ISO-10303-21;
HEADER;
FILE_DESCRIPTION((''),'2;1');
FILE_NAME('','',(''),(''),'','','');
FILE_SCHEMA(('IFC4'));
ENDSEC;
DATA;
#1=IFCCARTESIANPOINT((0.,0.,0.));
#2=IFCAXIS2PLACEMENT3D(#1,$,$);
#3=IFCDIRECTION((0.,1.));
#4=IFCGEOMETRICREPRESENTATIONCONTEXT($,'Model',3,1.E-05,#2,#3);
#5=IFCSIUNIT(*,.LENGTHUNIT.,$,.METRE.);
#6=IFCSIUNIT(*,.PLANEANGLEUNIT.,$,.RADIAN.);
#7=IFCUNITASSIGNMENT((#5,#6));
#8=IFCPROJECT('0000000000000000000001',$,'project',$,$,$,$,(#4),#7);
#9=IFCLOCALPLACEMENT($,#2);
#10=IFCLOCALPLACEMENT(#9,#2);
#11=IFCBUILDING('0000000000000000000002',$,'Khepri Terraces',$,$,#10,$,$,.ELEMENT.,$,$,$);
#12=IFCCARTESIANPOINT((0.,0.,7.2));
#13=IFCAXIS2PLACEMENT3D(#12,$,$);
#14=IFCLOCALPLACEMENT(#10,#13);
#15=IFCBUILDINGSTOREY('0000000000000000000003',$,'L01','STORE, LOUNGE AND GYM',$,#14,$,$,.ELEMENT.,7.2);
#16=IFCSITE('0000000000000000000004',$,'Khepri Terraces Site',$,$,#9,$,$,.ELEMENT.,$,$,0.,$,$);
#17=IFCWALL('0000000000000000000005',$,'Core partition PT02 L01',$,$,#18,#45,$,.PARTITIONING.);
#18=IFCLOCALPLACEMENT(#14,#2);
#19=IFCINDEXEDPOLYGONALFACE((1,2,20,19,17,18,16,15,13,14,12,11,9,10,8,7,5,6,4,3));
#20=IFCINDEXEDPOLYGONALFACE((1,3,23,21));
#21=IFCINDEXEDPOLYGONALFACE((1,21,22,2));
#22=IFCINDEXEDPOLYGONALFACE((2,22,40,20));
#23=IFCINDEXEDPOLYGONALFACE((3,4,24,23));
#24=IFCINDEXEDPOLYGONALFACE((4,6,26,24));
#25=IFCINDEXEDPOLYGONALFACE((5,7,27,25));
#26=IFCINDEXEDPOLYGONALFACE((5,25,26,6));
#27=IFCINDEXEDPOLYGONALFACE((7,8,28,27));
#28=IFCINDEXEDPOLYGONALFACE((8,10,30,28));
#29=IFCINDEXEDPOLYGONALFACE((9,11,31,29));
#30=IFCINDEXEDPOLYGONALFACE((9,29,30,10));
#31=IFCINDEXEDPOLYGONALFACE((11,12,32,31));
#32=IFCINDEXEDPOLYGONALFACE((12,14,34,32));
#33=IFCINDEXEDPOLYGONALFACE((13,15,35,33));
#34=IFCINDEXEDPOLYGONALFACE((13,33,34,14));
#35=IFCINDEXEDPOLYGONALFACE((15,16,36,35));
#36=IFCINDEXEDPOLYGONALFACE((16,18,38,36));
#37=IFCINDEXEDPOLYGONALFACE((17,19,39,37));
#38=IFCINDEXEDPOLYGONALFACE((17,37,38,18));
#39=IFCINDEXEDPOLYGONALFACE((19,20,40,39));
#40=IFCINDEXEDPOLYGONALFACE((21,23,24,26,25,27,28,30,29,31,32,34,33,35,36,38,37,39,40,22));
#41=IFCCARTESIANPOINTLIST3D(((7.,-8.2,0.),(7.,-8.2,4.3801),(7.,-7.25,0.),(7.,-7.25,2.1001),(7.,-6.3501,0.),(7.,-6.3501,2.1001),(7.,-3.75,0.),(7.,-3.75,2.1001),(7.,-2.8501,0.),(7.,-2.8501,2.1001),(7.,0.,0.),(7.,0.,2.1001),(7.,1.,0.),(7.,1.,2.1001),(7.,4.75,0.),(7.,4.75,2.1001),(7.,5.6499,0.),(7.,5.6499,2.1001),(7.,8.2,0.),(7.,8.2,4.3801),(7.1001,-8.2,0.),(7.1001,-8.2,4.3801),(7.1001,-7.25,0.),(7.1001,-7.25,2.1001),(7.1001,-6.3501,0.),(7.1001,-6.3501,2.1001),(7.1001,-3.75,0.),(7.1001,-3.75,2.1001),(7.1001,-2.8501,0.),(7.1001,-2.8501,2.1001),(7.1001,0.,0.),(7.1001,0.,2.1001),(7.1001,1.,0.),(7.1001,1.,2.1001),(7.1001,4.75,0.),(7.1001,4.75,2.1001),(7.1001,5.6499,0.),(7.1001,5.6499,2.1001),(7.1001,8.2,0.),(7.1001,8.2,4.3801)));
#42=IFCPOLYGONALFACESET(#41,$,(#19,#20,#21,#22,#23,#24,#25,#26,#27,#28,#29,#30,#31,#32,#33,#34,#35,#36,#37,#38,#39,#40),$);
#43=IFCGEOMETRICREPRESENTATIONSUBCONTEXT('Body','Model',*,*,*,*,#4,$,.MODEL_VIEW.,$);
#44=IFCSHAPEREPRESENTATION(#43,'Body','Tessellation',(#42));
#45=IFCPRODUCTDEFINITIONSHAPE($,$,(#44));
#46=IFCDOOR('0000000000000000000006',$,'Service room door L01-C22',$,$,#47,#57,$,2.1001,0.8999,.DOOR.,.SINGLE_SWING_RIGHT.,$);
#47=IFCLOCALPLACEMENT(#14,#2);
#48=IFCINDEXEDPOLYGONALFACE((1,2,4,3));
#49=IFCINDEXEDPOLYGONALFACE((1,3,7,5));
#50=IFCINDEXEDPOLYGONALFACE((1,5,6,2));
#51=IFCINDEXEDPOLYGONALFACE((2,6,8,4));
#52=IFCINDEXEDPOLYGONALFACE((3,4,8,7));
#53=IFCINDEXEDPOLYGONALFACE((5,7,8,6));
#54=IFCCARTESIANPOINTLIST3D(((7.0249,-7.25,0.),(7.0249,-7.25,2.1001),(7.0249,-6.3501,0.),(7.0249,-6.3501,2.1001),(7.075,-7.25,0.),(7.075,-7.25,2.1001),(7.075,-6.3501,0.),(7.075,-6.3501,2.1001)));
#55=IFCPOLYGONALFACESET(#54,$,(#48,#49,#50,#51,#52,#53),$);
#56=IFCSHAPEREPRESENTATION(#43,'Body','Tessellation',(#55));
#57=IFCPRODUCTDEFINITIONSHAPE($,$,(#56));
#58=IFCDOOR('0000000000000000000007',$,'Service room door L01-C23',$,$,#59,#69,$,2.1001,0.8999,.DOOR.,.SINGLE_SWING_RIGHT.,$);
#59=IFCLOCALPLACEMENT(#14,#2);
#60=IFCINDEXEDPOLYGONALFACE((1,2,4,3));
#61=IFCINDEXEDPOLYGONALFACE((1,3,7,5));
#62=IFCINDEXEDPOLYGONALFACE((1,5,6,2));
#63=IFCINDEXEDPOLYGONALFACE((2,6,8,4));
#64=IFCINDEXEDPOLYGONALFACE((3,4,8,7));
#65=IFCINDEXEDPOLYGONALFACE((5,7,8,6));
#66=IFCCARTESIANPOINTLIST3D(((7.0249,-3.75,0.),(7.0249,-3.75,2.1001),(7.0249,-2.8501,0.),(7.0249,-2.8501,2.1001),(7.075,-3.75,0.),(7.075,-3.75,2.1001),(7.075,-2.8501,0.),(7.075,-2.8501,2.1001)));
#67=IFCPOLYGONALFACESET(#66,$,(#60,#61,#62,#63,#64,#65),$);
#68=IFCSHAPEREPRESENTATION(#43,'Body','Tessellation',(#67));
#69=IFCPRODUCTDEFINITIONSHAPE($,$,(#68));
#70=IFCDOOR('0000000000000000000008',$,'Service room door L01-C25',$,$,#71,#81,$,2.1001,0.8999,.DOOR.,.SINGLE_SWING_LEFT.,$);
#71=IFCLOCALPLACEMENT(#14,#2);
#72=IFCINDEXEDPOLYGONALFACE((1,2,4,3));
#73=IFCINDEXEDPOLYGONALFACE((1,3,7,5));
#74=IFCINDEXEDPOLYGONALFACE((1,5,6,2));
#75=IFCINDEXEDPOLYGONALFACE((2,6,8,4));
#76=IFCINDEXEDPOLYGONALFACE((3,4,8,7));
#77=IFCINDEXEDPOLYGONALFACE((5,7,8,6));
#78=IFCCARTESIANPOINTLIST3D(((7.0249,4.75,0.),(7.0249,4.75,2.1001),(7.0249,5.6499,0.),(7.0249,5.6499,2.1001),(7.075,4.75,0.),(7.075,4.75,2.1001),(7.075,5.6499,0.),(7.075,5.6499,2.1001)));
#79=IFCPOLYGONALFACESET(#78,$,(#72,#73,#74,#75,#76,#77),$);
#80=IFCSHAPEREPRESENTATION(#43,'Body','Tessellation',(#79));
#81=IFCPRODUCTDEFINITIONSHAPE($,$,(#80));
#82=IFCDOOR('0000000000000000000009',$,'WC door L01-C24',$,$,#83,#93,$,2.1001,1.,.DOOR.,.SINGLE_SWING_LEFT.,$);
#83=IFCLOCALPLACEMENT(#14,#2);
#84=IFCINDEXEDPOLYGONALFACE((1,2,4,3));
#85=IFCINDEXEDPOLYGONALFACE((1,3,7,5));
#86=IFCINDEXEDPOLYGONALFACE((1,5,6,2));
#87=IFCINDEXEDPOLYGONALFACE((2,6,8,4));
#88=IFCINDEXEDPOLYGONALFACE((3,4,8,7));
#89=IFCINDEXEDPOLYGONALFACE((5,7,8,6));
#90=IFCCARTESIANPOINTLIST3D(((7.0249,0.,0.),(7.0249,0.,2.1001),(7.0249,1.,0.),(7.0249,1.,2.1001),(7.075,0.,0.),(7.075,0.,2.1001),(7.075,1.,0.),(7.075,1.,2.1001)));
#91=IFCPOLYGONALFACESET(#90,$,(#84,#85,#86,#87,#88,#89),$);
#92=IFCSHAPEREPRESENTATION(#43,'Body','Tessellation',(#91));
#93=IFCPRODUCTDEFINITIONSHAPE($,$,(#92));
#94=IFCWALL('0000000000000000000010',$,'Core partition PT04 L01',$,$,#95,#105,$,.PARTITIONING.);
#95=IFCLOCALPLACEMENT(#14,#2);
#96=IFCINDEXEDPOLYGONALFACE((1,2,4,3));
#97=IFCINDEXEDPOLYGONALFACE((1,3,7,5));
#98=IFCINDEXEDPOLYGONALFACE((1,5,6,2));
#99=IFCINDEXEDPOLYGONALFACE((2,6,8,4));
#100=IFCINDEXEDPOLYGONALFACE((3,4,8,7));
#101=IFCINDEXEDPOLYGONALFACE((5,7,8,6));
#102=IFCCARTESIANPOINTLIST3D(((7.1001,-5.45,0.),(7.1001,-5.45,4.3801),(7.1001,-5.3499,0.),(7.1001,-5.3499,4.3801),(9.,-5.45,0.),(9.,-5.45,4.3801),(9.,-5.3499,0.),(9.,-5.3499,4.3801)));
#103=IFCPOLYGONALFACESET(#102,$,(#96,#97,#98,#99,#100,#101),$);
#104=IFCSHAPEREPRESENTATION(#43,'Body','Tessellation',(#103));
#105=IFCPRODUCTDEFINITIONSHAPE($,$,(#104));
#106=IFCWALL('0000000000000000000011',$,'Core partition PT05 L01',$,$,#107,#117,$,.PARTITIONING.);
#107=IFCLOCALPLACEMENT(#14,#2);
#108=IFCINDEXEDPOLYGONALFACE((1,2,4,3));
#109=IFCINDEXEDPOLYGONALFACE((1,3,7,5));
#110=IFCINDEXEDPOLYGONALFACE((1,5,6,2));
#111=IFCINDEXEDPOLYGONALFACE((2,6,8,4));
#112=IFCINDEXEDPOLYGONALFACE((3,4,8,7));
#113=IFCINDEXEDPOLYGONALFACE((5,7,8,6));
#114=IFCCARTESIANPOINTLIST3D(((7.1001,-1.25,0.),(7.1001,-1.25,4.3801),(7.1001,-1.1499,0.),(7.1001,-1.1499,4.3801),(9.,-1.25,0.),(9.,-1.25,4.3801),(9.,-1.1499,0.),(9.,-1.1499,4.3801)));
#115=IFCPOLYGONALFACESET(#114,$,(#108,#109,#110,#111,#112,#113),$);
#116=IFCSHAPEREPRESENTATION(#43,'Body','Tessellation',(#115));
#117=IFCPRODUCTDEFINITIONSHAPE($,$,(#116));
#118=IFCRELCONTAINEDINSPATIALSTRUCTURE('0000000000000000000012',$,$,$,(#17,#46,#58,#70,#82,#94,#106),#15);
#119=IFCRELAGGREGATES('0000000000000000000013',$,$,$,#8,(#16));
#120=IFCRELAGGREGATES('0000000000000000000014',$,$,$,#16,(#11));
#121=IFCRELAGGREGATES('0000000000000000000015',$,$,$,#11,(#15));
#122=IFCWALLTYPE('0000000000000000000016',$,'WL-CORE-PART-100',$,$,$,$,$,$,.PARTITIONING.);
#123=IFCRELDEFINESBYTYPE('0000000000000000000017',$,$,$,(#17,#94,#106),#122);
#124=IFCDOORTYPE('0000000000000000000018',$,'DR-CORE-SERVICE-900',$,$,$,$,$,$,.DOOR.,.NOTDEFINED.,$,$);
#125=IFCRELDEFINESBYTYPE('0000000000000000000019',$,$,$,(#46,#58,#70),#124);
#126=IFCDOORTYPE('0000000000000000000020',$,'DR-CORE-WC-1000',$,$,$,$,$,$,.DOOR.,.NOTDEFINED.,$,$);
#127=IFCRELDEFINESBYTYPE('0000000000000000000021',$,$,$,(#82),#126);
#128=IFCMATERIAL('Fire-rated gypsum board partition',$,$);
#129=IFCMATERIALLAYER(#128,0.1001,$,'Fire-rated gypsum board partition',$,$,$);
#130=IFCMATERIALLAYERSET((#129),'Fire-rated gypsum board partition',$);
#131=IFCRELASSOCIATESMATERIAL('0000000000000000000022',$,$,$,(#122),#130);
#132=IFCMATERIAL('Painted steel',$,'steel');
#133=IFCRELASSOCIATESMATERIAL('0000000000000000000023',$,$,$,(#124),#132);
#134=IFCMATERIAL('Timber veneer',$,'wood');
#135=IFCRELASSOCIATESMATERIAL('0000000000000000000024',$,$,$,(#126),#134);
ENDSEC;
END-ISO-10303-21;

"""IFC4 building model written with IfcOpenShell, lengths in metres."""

from ifc_helpers import new_model, si_unit, direction, frame, frame_2d, origin, place, context, subcontext, project, spatial, rectangle, extrude, material, layer, layer_set, type_object, element, fill, save


model = new_model("IFC4")

# Units and contexts
model_context = context("Model", 3, precision=1e-05, world=origin(), true_north=direction((0.0, 1.0)))
body_context = subcontext(model_context, "Body", "Model", "MODEL_VIEW")
ifc_project = project(units=[si_unit("LENGTHUNIT", "METRE"), si_unit("PLANEANGLEUNIT", "RADIAN")], contexts=[model_context])

# Site, building, storey
site_placement = place(None, origin())
site = spatial("IfcSite", under=ifc_project, at=site_placement, Name="Khepri Terraces Site", CompositionType="ELEMENT", RefElevation=0.0)
building_placement = place(site_placement, origin())
building = spatial("IfcBuilding", under=site, at=building_placement, Name="Khepri Terraces", CompositionType="ELEMENT")
storey_placement = place(building_placement, frame((0.0, 0.0, 7.2)))
storey = spatial("IfcBuildingStorey", under=building, at=storey_placement, Name="L01", Description="STORE, LOUNGE AND GYM", CompositionType="ELEMENT", Elevation=7.2)

# Wall, openings, doors
ifc_material_1 = material(Name="Fire-rated gypsum board partition")
ifc_layer_1 = layer(ifc_material_1, 0.1001, Name="Fire-rated gypsum board partition")
ifc_layer_set_1 = layer_set([ifc_layer_1], Name="Fire-rated gypsum board partition")
wall_type_1 = type_object("IfcWallType", Name="WL-CORE-PART-100", PredefinedType="PARTITIONING", material=ifc_layer_set_1)
wall_1_placement = place(storey_placement, frame((7.05, -8.2, 0.0), z_axis=(0.0, 0.0, 1.0), x_axis=(0.0, 1.0, 0.0)))
wall_1 = element("IfcWall", 1, at=wall_1_placement, inside=storey, type_object=wall_type_1, Name="Core partition PT02 L01", PredefinedType="PARTITIONING", context=body_context, shape_type="SweptSolid", body=[
    extrude(rectangle(XDim=16.3999, YDim=0.1001, at=frame_2d((8.2, 0.0))), origin(), (0.0, 0.0, 1.0), 4.3801),
])
opening_1_placement = place(wall_1_placement, frame((0.95, 0.0, 0.0)))
opening_1 = element("IfcOpeningElement", 2, at=opening_1_placement, cuts=wall_1, PredefinedType="OPENING", context=body_context, shape_type="SweptSolid", body=[
    extrude(rectangle(XDim=0.8999, YDim=2.1001, at=frame_2d((0.45, 1.05))), frame((0.0, 0.0601, 0.0), z_axis=(0.0, -1.0, 0.0), x_axis=(1.0, 0.0, 0.0)), (0.0, 0.0, 1.0), 0.1201),
])
opening_2_placement = place(wall_1_placement, frame((4.45, 0.0, 0.0)))
opening_2 = element("IfcOpeningElement", 3, at=opening_2_placement, cuts=wall_1, PredefinedType="OPENING", context=body_context, shape_type="SweptSolid", body=[
    extrude(rectangle(XDim=0.8999, YDim=2.1001, at=frame_2d((0.45, 1.05))), frame((0.0, 0.0601, 0.0), z_axis=(0.0, -1.0, 0.0), x_axis=(1.0, 0.0, 0.0)), (0.0, 0.0, 1.0), 0.1201),
])
opening_3_placement = place(wall_1_placement, frame((8.2, 0.0, 0.0)))
opening_3 = element("IfcOpeningElement", 4, at=opening_3_placement, cuts=wall_1, PredefinedType="OPENING", context=body_context, shape_type="SweptSolid", body=[
    extrude(rectangle(XDim=1.0, YDim=2.1001, at=frame_2d((0.5, 1.05))), frame((0.0, 0.0601, 0.0), z_axis=(0.0, -1.0, 0.0), x_axis=(1.0, 0.0, 0.0)), (0.0, 0.0, 1.0), 0.1201),
])
opening_4_placement = place(wall_1_placement, frame((12.95, 0.0, 0.0)))
opening_4 = element("IfcOpeningElement", 5, at=opening_4_placement, cuts=wall_1, PredefinedType="OPENING", context=body_context, shape_type="SweptSolid", body=[
    extrude(rectangle(XDim=0.8999, YDim=2.1001, at=frame_2d((0.45, 1.05))), frame((0.0, 0.0601, 0.0), z_axis=(0.0, -1.0, 0.0), x_axis=(1.0, 0.0, 0.0)), (0.0, 0.0, 1.0), 0.1201),
])
ifc_material_2 = material(Name="Painted steel", Category="steel")
door_type_1 = type_object("IfcDoorType", Name="DR-CORE-SERVICE-900", OperationType="NOTDEFINED", PredefinedType="DOOR", material=ifc_material_2)
door_1_placement = place(opening_1_placement, frame((0.8999, 0.0, 0.0), z_axis=(0.0, 0.0, 1.0), x_axis=(-1.0, 0.0, 0.0)))
door_1 = element("IfcDoor", 6, at=door_1_placement, inside=storey, type_object=door_type_1, Name="Service room door L01-C22", OperationType="SINGLE_SWING_RIGHT", OverallHeight=2.1001, OverallWidth=0.8999, PredefinedType="DOOR", context=body_context, shape_type="SweptSolid", body=[
    extrude(rectangle(XDim=0.8999, YDim=2.1001, at=frame_2d((0.45, 1.05))), frame((0.0, 0.0249, 0.0), z_axis=(0.0, -1.0, 0.0), x_axis=(1.0, 0.0, 0.0)), (0.0, 0.0, 1.0), 0.05),
])
fill(opening_1, door_1)
door_2_placement = place(opening_2_placement, frame((0.8999, 0.0, 0.0), z_axis=(0.0, 0.0, 1.0), x_axis=(-1.0, 0.0, 0.0)))
door_2 = element("IfcDoor", 7, at=door_2_placement, inside=storey, type_object=door_type_1, Name="Service room door L01-C23", OperationType="SINGLE_SWING_RIGHT", OverallHeight=2.1001, OverallWidth=0.8999, PredefinedType="DOOR", context=body_context, shape_type="SweptSolid", body=[
    extrude(rectangle(XDim=0.8999, YDim=2.1001, at=frame_2d((0.45, 1.05))), frame((0.0, 0.0249, 0.0), z_axis=(0.0, -1.0, 0.0), x_axis=(1.0, 0.0, 0.0)), (0.0, 0.0, 1.0), 0.05),
])
fill(opening_2, door_2)
door_3_placement = place(opening_4_placement, frame((0.8999, 0.0, 0.0), z_axis=(0.0, 0.0, 1.0), x_axis=(-1.0, 0.0, 0.0)))
door_3 = element("IfcDoor", 8, at=door_3_placement, inside=storey, type_object=door_type_1, Name="Service room door L01-C25", OperationType="SINGLE_SWING_LEFT", OverallHeight=2.1001, OverallWidth=0.8999, PredefinedType="DOOR", context=body_context, shape_type="SweptSolid", body=[
    extrude(rectangle(XDim=0.8999, YDim=2.1001, at=frame_2d((0.45, 1.05))), frame((0.0, 0.0249, 0.0), z_axis=(0.0, -1.0, 0.0), x_axis=(1.0, 0.0, 0.0)), (0.0, 0.0, 1.0), 0.05),
])
fill(opening_4, door_3)
ifc_material_3 = material(Name="Timber veneer", Category="wood")
door_type_2 = type_object("IfcDoorType", Name="DR-CORE-WC-1000", OperationType="NOTDEFINED", PredefinedType="DOOR", material=ifc_material_3)
door_4_placement = place(opening_3_placement, frame((1.0, 0.0, 0.0), z_axis=(0.0, 0.0, 1.0), x_axis=(-1.0, 0.0, 0.0)))
door_4 = element("IfcDoor", 9, at=door_4_placement, inside=storey, type_object=door_type_2, Name="WC door L01-C24", OperationType="SINGLE_SWING_LEFT", OverallHeight=2.1001, OverallWidth=1.0, PredefinedType="DOOR", context=body_context, shape_type="SweptSolid", body=[
    extrude(rectangle(XDim=1.0, YDim=2.1001, at=frame_2d((0.5, 1.05))), frame((0.0, 0.0249, 0.0), z_axis=(0.0, -1.0, 0.0), x_axis=(1.0, 0.0, 0.0)), (0.0, 0.0, 1.0), 0.05),
])
fill(opening_3, door_4)

# Walls
for number, where, z_axis, x_axis, name in (
    (10, (7.1001, -5.3999, 0.0), (0.0, 0.0, 1.0), (1.0, 0.0, 0.0), "Core partition PT04 L01"),
    (11, (7.1001, -1.2, 0.0), (0.0, 0.0, 1.0), (1.0, 0.0, 0.0), "Core partition PT05 L01"),
):
    element("IfcWall", number, at=place(storey_placement, frame(where, z_axis=z_axis, x_axis=x_axis)), inside=storey, type_object=wall_type_1, Name=name, PredefinedType="PARTITIONING", context=body_context, shape_type="SweptSolid", body=[
        extrude(rectangle(XDim=1.8999, YDim=0.1001, at=frame_2d((0.95, 0.0))), origin(), (0.0, 0.0, 1.0), 4.3801),
    ])

save(model, "model.ifc")
